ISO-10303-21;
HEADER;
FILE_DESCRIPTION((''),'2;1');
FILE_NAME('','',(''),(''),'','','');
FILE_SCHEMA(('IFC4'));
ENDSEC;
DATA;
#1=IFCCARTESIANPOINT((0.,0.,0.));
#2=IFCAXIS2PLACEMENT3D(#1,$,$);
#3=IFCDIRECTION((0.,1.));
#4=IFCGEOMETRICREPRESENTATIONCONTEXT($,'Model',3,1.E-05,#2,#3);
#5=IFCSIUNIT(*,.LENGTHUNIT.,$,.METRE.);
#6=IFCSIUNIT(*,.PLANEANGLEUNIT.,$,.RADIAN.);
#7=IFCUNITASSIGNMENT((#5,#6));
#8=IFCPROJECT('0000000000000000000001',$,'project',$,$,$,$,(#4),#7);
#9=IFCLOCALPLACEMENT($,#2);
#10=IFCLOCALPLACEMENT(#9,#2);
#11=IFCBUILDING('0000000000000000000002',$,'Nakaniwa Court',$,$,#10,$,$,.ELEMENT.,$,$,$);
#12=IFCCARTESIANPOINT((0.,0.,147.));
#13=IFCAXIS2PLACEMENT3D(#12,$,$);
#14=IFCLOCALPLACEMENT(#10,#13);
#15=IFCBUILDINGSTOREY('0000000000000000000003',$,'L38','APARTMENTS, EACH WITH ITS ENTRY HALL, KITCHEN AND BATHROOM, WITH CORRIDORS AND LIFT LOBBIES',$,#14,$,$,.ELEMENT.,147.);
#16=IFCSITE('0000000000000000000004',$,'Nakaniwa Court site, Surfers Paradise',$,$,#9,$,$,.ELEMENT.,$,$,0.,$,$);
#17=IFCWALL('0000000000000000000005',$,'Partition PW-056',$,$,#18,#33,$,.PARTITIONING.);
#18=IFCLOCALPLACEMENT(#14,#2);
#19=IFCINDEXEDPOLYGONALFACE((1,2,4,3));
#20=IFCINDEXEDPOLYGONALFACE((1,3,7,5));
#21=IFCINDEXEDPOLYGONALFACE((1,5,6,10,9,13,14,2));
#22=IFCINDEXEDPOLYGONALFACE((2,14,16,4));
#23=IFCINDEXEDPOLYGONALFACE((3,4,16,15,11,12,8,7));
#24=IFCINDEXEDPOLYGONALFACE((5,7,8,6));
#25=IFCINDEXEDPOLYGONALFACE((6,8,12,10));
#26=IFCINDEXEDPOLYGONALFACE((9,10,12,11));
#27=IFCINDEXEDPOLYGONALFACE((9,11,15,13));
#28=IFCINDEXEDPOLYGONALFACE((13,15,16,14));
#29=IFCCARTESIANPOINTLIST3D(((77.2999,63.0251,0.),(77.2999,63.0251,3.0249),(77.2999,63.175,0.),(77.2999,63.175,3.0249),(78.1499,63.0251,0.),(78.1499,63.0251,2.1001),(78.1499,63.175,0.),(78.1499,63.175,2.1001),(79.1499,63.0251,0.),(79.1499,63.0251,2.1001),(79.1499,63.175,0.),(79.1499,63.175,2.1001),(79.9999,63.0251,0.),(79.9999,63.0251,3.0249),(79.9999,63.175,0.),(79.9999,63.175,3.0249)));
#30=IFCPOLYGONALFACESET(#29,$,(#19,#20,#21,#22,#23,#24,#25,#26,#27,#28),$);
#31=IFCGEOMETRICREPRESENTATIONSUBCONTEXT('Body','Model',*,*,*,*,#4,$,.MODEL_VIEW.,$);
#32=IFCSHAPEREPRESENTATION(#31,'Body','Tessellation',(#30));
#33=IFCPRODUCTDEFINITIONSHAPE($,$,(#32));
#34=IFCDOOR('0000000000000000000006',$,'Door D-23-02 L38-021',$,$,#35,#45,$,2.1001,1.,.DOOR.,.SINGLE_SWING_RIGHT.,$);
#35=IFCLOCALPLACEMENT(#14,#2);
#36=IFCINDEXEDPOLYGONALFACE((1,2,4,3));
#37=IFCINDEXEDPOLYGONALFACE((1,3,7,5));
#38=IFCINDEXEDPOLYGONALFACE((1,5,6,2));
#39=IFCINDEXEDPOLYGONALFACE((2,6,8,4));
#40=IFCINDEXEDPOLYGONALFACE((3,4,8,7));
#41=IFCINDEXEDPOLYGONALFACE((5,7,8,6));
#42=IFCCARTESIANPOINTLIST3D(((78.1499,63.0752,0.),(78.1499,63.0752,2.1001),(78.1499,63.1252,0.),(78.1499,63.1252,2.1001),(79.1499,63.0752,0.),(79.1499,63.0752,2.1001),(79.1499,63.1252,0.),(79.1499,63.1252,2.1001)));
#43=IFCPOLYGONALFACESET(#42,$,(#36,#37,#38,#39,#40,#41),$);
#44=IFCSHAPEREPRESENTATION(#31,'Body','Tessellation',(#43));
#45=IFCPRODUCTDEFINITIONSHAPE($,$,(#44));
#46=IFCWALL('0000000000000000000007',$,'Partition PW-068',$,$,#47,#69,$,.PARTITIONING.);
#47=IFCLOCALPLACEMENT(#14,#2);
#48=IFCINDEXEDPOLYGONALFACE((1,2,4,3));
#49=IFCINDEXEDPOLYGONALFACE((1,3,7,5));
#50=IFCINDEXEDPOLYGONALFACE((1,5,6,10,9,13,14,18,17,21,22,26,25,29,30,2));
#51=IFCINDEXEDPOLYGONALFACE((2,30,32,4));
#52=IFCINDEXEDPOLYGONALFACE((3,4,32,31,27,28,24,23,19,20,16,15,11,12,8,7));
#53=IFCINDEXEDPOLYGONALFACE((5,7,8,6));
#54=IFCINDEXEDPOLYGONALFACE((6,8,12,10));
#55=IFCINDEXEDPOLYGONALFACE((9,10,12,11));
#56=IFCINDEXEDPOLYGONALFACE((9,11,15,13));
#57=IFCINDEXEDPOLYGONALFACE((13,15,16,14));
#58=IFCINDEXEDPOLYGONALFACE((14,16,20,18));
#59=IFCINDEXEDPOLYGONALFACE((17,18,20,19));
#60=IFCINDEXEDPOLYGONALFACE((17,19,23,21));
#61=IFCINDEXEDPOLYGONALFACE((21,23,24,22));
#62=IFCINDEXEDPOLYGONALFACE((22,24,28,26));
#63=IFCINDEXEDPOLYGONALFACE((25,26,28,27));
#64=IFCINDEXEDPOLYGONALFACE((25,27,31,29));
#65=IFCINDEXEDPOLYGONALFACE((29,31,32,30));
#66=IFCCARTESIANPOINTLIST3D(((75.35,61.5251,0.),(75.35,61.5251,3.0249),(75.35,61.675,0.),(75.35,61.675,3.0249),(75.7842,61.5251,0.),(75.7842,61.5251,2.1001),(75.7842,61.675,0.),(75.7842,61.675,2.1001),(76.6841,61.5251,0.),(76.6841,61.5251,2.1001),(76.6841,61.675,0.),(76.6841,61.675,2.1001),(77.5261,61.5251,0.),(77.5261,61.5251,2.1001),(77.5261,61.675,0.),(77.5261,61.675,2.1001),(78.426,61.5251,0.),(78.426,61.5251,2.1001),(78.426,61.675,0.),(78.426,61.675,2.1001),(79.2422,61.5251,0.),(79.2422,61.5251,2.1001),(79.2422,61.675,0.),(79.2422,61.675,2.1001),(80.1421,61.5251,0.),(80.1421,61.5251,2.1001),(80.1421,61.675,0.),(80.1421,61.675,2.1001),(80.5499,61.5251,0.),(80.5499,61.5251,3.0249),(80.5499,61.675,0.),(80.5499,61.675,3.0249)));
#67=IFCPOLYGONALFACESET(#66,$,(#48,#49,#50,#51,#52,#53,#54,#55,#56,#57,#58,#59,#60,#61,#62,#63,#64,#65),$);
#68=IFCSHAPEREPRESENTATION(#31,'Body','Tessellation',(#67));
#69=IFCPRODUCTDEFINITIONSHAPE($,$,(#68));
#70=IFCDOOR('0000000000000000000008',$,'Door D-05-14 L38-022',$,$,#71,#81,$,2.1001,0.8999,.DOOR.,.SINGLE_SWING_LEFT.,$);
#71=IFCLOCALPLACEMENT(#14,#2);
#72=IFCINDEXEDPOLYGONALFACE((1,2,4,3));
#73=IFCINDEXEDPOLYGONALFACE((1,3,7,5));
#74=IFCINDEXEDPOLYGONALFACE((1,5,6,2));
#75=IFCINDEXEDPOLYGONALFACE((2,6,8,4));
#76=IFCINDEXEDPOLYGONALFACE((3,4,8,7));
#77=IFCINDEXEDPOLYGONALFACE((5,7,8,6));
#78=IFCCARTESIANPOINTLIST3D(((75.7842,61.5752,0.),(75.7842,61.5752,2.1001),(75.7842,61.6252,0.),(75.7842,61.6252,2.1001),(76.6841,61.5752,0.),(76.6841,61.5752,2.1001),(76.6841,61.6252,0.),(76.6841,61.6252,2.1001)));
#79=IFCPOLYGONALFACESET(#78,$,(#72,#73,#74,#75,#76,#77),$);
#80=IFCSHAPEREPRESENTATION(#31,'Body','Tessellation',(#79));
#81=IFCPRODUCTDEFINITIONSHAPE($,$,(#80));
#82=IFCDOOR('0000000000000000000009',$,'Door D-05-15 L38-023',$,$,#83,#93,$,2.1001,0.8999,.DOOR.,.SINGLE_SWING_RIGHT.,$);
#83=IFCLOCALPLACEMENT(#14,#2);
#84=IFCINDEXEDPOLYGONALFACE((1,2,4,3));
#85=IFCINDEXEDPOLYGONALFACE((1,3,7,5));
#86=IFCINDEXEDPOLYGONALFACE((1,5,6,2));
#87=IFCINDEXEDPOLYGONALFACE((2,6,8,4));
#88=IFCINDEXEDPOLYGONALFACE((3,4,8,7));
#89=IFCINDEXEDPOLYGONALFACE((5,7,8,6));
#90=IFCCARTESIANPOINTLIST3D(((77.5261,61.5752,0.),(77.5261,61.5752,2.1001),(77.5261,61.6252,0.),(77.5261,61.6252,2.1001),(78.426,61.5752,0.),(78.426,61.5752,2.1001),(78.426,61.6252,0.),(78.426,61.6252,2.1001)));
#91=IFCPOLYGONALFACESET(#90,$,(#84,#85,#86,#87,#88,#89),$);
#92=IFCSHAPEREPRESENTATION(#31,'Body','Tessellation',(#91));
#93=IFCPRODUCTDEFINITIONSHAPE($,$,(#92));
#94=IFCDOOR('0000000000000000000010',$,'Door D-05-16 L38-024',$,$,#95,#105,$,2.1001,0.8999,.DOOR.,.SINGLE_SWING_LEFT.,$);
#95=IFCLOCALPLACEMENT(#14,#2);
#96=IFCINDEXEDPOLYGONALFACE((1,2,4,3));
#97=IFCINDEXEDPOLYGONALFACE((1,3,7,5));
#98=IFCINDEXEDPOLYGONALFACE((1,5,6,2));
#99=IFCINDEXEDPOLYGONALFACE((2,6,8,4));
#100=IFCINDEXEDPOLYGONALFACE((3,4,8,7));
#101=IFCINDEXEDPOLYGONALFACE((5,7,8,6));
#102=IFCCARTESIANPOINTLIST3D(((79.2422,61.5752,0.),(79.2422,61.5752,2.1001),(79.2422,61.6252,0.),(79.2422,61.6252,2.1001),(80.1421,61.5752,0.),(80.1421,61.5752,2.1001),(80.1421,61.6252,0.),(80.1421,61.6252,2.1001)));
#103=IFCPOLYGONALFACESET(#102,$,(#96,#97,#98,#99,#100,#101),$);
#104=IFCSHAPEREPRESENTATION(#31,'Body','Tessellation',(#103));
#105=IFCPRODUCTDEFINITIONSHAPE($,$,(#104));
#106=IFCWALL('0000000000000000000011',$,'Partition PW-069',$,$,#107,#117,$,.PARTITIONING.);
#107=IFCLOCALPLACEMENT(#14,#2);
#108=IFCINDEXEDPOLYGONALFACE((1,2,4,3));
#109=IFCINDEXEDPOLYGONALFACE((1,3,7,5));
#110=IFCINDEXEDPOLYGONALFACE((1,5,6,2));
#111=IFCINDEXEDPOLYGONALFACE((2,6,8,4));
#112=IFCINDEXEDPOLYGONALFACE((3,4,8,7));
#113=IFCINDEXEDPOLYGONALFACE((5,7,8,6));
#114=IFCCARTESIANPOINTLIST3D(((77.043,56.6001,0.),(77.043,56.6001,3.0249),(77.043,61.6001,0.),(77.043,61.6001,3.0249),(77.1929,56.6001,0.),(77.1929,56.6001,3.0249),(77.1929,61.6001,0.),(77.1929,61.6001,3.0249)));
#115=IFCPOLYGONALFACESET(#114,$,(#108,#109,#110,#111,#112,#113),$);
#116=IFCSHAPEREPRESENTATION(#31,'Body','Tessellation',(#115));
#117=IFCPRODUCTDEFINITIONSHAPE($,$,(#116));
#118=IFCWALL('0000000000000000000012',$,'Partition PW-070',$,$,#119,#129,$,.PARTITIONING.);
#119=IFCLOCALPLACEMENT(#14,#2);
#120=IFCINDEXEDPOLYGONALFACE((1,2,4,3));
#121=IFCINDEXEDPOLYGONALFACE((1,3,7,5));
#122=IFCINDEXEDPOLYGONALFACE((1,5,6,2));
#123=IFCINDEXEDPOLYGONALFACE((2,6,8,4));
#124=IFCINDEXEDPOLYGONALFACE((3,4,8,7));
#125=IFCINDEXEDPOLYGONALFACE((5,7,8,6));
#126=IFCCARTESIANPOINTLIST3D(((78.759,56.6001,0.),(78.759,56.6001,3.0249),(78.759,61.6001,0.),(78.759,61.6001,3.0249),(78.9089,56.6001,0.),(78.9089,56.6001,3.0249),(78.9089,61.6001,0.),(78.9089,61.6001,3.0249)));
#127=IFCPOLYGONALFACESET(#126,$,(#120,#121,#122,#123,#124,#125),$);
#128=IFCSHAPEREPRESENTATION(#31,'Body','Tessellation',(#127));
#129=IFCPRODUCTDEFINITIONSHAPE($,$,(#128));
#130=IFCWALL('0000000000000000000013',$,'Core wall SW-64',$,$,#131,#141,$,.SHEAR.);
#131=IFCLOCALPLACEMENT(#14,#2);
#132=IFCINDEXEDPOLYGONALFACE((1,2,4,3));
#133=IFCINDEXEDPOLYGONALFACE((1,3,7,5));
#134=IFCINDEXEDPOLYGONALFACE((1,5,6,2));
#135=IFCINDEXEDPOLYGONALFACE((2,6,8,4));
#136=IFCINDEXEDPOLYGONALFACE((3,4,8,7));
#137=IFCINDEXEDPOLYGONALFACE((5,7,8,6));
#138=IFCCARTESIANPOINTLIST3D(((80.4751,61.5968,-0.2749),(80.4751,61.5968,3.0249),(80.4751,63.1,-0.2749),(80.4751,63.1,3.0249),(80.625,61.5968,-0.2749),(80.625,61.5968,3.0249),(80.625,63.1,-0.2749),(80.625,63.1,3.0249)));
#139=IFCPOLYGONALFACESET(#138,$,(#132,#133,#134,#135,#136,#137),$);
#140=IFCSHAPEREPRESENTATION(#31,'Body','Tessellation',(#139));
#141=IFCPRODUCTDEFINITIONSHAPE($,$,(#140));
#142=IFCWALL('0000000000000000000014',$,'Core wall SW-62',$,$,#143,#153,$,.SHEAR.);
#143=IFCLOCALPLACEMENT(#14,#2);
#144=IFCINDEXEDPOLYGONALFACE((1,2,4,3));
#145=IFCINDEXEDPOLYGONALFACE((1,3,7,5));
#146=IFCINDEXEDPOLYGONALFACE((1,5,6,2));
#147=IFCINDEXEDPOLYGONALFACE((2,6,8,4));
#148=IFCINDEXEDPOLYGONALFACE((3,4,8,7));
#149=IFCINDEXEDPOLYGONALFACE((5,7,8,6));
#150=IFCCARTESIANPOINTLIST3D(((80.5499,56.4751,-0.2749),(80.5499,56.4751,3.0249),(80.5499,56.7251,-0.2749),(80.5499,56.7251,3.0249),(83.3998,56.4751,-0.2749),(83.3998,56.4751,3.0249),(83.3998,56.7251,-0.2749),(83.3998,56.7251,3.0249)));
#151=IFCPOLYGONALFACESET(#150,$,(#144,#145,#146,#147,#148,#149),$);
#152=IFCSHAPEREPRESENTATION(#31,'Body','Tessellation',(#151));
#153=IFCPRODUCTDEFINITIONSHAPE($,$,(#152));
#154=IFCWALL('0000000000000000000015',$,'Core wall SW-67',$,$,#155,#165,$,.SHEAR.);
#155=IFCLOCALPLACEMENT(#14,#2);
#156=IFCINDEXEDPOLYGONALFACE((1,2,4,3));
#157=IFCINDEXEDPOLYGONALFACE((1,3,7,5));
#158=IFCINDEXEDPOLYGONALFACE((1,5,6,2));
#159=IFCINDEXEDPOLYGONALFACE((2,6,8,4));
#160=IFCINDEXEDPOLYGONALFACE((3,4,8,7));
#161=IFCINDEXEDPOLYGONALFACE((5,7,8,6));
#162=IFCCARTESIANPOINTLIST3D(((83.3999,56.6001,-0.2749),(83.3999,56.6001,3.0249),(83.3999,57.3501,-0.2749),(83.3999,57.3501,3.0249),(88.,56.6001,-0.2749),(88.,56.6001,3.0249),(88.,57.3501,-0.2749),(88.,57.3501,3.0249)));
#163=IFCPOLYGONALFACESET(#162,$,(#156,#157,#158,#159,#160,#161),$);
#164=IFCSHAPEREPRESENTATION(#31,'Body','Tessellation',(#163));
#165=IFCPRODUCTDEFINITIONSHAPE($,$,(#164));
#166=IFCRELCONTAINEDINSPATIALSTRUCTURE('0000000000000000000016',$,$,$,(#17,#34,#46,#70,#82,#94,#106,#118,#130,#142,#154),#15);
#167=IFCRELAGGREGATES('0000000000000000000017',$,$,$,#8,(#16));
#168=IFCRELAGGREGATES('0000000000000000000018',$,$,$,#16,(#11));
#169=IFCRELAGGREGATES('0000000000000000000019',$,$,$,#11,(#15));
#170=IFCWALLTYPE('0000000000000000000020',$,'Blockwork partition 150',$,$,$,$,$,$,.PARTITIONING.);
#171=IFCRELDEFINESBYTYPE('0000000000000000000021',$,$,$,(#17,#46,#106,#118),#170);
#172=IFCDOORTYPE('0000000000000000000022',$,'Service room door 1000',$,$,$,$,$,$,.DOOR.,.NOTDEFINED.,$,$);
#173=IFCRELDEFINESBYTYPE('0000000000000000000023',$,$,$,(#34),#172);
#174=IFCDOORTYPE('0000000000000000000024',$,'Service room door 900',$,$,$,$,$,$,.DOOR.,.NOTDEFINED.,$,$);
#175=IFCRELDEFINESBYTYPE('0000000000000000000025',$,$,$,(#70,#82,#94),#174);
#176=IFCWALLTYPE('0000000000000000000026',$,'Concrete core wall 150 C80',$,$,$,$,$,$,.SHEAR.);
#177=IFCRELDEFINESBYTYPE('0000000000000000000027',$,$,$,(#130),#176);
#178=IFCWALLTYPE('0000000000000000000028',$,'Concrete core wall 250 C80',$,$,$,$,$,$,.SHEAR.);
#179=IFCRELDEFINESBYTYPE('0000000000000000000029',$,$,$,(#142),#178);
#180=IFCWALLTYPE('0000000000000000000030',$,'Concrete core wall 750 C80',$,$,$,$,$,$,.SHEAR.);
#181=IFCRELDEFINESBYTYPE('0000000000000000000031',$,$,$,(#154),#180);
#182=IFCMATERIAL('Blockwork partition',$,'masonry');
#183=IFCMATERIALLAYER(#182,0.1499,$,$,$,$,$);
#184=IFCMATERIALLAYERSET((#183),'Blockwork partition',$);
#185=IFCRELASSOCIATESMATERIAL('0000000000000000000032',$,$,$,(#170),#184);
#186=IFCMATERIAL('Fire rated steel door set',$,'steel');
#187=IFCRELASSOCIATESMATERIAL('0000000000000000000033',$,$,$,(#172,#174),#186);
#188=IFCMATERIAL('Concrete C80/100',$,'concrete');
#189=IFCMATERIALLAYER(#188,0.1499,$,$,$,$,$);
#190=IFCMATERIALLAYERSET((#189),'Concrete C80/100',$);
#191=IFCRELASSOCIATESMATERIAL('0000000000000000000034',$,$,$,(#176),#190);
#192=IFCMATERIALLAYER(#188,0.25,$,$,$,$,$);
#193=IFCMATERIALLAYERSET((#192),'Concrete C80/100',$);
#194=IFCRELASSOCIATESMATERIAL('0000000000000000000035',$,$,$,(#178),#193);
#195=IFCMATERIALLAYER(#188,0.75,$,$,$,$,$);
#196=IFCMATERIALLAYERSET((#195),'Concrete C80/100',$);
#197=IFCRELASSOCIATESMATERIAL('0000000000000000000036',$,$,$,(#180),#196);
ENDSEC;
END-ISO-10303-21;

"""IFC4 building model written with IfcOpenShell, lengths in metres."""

from ifc_helpers import new_model, si_unit, direction, frame, frame_2d, origin, place, context, subcontext, project, spatial, rectangle, extrude, material, layer, layer_set, type_object, element, fill, save


model = new_model("IFC4")

# Units and contexts
model_context = context("Model", 3, precision=1e-05, world=origin(), true_north=direction((0.0, 1.0)))
body_context = subcontext(model_context, "Body", "Model", "MODEL_VIEW")
ifc_project = project(units=[si_unit("LENGTHUNIT", "METRE"), si_unit("PLANEANGLEUNIT", "RADIAN")], contexts=[model_context])

# Site, building, storey
site_placement = place(None, origin())
site = spatial("IfcSite", under=ifc_project, at=site_placement, Name="Nakaniwa Court site, Surfers Paradise", CompositionType="ELEMENT", RefElevation=0.0)
building_placement = place(site_placement, origin())
building = spatial("IfcBuilding", under=site, at=building_placement, Name="Nakaniwa Court", CompositionType="ELEMENT")
storey_placement = place(building_placement, frame((0.0, 0.0, 147.0)))
storey = spatial("IfcBuildingStorey", under=building, at=storey_placement, Name="L38", Description="APARTMENTS, EACH WITH ITS ENTRY HALL, KITCHEN AND BATHROOM, WITH CORRIDORS AND LIFT LOBBIES", CompositionType="ELEMENT", Elevation=147.0)

# Wall, opening, door
ifc_material_1 = material(Name="Blockwork partition", Category="masonry")
ifc_layer_1 = layer(ifc_material_1, 0.1499)
ifc_layer_set_1 = layer_set([ifc_layer_1], Name="Blockwork partition")
wall_type_1 = type_object("IfcWallType", Name="Blockwork partition 150", PredefinedType="PARTITIONING", material=ifc_layer_set_1)
wall_1_placement = place(storey_placement, frame((80.0, 63.1001, 0.0), z_axis=(0.0, 0.0, 1.0), x_axis=(-1.0, 0.0, 0.0)))
wall_1 = element("IfcWall", 1, at=wall_1_placement, inside=storey, type_object=wall_type_1, Name="Partition PW-056", PredefinedType="PARTITIONING", context=body_context, shape_type="SweptSolid", body=[
    extrude(rectangle(XDim=2.7, YDim=0.1499, at=frame_2d((1.3501, 0.0))), origin(), (0.0, 0.0, 1.0), 3.0249),
])
opening_1_placement = place(wall_1_placement, frame((0.8501, 0.0, 0.0)))
opening_1 = element("IfcOpeningElement", 2, at=opening_1_placement, cuts=wall_1, PredefinedType="OPENING", context=body_context, shape_type="SweptSolid", body=[
    extrude(rectangle(XDim=1.0, YDim=2.1001, at=frame_2d((0.5, 1.05))), frame((0.0, 0.085, 0.0), z_axis=(0.0, -1.0, 0.0), x_axis=(1.0, 0.0, 0.0)), (0.0, 0.0, 1.0), 0.1699),
])
ifc_material_2 = material(Name="Fire rated steel door set", Category="steel")
door_type_1 = type_object("IfcDoorType", Name="Service room door 1000", OperationType="NOTDEFINED", PredefinedType="DOOR", material=ifc_material_2)
door_1_placement = place(opening_1_placement, origin())
door_1 = element("IfcDoor", 3, at=door_1_placement, inside=storey, type_object=door_type_1, Name="Door D-23-02 L38-021", OperationType="SINGLE_SWING_RIGHT", OverallHeight=2.1001, OverallWidth=1.0, PredefinedType="DOOR", context=body_context, shape_type="SweptSolid", body=[
    extrude(rectangle(XDim=1.0, YDim=2.1001, at=frame_2d((0.5, 1.05))), frame((0.0, 0.0249, 0.0), z_axis=(0.0, -1.0, 0.0), x_axis=(1.0, 0.0, 0.0)), (0.0, 0.0, 1.0), 0.05),
])
fill(opening_1, door_1)

# Wall, openings, doors
wall_2_placement = place(storey_placement, frame((80.55, 61.6001, 0.0), z_axis=(0.0, 0.0, 1.0), x_axis=(-1.0, 0.0, 0.0)))
wall_2 = element("IfcWall", 4, at=wall_2_placement, inside=storey, type_object=wall_type_1, Name="Partition PW-068", PredefinedType="PARTITIONING", context=body_context, shape_type="SweptSolid", body=[
    extrude(rectangle(XDim=5.2, YDim=0.1499, at=frame_2d((2.6001, 0.0))), origin(), (0.0, 0.0, 1.0), 3.0249),
])
opening_2_placement = place(wall_2_placement, frame((3.866, 0.0, 0.0)))
opening_2 = element("IfcOpeningElement", 5, at=opening_2_placement, cuts=wall_2, PredefinedType="OPENING", context=body_context, shape_type="SweptSolid", body=[
    extrude(rectangle(XDim=0.8999, YDim=2.1001, at=frame_2d((0.45, 1.05))), frame((0.0, 0.085, 0.0), z_axis=(0.0, -1.0, 0.0), x_axis=(1.0, 0.0, 0.0)), (0.0, 0.0, 1.0), 0.1699),
])
opening_3_placement = place(wall_2_placement, frame((2.124, 0.0, 0.0)))
opening_3 = element("IfcOpeningElement", 6, at=opening_3_placement, cuts=wall_2, PredefinedType="OPENING", context=body_context, shape_type="SweptSolid", body=[
    extrude(rectangle(XDim=0.8999, YDim=2.1001, at=frame_2d((0.45, 1.05))), frame((0.0, 0.085, 0.0), z_axis=(0.0, -1.0, 0.0), x_axis=(1.0, 0.0, 0.0)), (0.0, 0.0, 1.0), 0.1699),
])
opening_4_placement = place(wall_2_placement, frame((0.408, 0.0, 0.0)))
opening_4 = element("IfcOpeningElement", 7, at=opening_4_placement, cuts=wall_2, PredefinedType="OPENING", context=body_context, shape_type="SweptSolid", body=[
    extrude(rectangle(XDim=0.8999, YDim=2.1001, at=frame_2d((0.45, 1.05))), frame((0.0, 0.085, 0.0), z_axis=(0.0, -1.0, 0.0), x_axis=(1.0, 0.0, 0.0)), (0.0, 0.0, 1.0), 0.1699),
])
door_type_2 = type_object("IfcDoorType", Name="Service room door 900", OperationType="NOTDEFINED", PredefinedType="DOOR", material=ifc_material_2)
door_2_placement = place(opening_2_placement, origin())
door_2 = element("IfcDoor", 8, at=door_2_placement, inside=storey, type_object=door_type_2, Name="Door D-05-14 L38-022", OperationType="SINGLE_SWING_LEFT", OverallHeight=2.1001, OverallWidth=0.8999, PredefinedType="DOOR", context=body_context, shape_type="SweptSolid", body=[
    extrude(rectangle(XDim=0.8999, YDim=2.1001, at=frame_2d((0.45, 1.05))), frame((0.0, 0.0249, 0.0), z_axis=(0.0, -1.0, 0.0), x_axis=(1.0, 0.0, 0.0)), (0.0, 0.0, 1.0), 0.05),
])
fill(opening_2, door_2)
door_3_placement = place(opening_3_placement, origin())
door_3 = element("IfcDoor", 9, at=door_3_placement, inside=storey, type_object=door_type_2, Name="Door D-05-15 L38-023", OperationType="SINGLE_SWING_RIGHT", OverallHeight=2.1001, OverallWidth=0.8999, PredefinedType="DOOR", context=body_context, shape_type="SweptSolid", body=[
    extrude(rectangle(XDim=0.8999, YDim=2.1001, at=frame_2d((0.45, 1.05))), frame((0.0, 0.0249, 0.0), z_axis=(0.0, -1.0, 0.0), x_axis=(1.0, 0.0, 0.0)), (0.0, 0.0, 1.0), 0.05),
])
fill(opening_3, door_3)
door_4_placement = place(opening_4_placement, origin())
door_4 = element("IfcDoor", 10, at=door_4_placement, inside=storey, type_object=door_type_2, Name="Door D-05-16 L38-024", OperationType="SINGLE_SWING_LEFT", OverallHeight=2.1001, OverallWidth=0.8999, PredefinedType="DOOR", context=body_context, shape_type="SweptSolid", body=[
    extrude(rectangle(XDim=0.8999, YDim=2.1001, at=frame_2d((0.45, 1.05))), frame((0.0, 0.0249, 0.0), z_axis=(0.0, -1.0, 0.0), x_axis=(1.0, 0.0, 0.0)), (0.0, 0.0, 1.0), 0.05),
])
fill(opening_4, door_4)

# Walls
for number, where, z_axis, x_axis, name in (
    (11, (77.1179, 56.6001, 0.0), (0.0, 0.0, 1.0), (0.0, 1.0, 0.0), "Partition PW-069"),
    (12, (78.834, 56.6001, 0.0), (0.0, 0.0, 1.0), (0.0, 1.0, 0.0), "Partition PW-070"),
):
    element("IfcWall", number, at=place(storey_placement, frame(where, z_axis=z_axis, x_axis=x_axis)), inside=storey, type_object=wall_type_1, Name=name, PredefinedType="PARTITIONING", context=body_context, shape_type="SweptSolid", body=[
        extrude(rectangle(XDim=5.0, YDim=0.1499, at=frame_2d((2.5, 0.0))), origin(), (0.0, 0.0, 1.0), 3.0249),
    ])
ifc_material_3 = material(Name="Concrete C80/100", Category="concrete")
ifc_layer_2 = layer(ifc_material_3, 0.1499)
ifc_layer_set_2 = layer_set([ifc_layer_2], Name="Concrete C80/100")
wall_type_2 = type_object("IfcWallType", Name="Concrete core wall 150 C80", PredefinedType="SHEAR", material=ifc_layer_set_2)
wall_3_placement = place(storey_placement, frame((80.55, 61.5969, -0.2749), z_axis=(0.0, 0.0, 1.0), x_axis=(0.0, 1.0, 0.0)))
element("IfcWall", 13, at=wall_3_placement, inside=storey, type_object=wall_type_2, Name="Core wall SW-64", PredefinedType="SHEAR", context=body_context, shape_type="SweptSolid", body=[
    extrude(rectangle(XDim=1.5032, YDim=0.1499, at=frame_2d((0.7515, 0.0))), origin(), (0.0, 0.0, 1.0), 3.2998),
])
ifc_layer_3 = layer(ifc_material_3, 0.25)
ifc_layer_set_3 = layer_set([ifc_layer_3], Name="Concrete C80/100")
wall_type_3 = type_object("IfcWallType", Name="Concrete core wall 250 C80", PredefinedType="SHEAR", material=ifc_layer_set_3)
wall_4_placement = place(storey_placement, frame((80.55, 56.6001, -0.2749), z_axis=(0.0, 0.0, 1.0), x_axis=(1.0, 0.0, 0.0)))
element("IfcWall", 14, at=wall_4_placement, inside=storey, type_object=wall_type_3, Name="Core wall SW-62", PredefinedType="SHEAR", context=body_context, shape_type="SweptSolid", body=[
    extrude(rectangle(XDim=2.8499, YDim=0.25, at=frame_2d((1.4248, 0.0))), origin(), (0.0, 0.0, 1.0), 3.2998),
])
ifc_layer_4 = layer(ifc_material_3, 0.75)
ifc_layer_set_4 = layer_set([ifc_layer_4], Name="Concrete C80/100")
wall_type_4 = type_object("IfcWallType", Name="Concrete core wall 750 C80", PredefinedType="SHEAR", material=ifc_layer_set_4)
wall_5_placement = place(storey_placement, frame((83.3999, 56.9751, -0.2749), z_axis=(0.0, 0.0, 1.0), x_axis=(1.0, 0.0, 0.0)))
element("IfcWall", 15, at=wall_5_placement, inside=storey, type_object=wall_type_4, Name="Core wall SW-67", PredefinedType="SHEAR", context=body_context, shape_type="SweptSolid", body=[
    extrude(rectangle(XDim=4.6001, YDim=0.75, at=frame_2d((2.3, 0.0))), origin(), (0.0, 0.0, 1.0), 3.2998),
])

save(model, "model.ifc")
